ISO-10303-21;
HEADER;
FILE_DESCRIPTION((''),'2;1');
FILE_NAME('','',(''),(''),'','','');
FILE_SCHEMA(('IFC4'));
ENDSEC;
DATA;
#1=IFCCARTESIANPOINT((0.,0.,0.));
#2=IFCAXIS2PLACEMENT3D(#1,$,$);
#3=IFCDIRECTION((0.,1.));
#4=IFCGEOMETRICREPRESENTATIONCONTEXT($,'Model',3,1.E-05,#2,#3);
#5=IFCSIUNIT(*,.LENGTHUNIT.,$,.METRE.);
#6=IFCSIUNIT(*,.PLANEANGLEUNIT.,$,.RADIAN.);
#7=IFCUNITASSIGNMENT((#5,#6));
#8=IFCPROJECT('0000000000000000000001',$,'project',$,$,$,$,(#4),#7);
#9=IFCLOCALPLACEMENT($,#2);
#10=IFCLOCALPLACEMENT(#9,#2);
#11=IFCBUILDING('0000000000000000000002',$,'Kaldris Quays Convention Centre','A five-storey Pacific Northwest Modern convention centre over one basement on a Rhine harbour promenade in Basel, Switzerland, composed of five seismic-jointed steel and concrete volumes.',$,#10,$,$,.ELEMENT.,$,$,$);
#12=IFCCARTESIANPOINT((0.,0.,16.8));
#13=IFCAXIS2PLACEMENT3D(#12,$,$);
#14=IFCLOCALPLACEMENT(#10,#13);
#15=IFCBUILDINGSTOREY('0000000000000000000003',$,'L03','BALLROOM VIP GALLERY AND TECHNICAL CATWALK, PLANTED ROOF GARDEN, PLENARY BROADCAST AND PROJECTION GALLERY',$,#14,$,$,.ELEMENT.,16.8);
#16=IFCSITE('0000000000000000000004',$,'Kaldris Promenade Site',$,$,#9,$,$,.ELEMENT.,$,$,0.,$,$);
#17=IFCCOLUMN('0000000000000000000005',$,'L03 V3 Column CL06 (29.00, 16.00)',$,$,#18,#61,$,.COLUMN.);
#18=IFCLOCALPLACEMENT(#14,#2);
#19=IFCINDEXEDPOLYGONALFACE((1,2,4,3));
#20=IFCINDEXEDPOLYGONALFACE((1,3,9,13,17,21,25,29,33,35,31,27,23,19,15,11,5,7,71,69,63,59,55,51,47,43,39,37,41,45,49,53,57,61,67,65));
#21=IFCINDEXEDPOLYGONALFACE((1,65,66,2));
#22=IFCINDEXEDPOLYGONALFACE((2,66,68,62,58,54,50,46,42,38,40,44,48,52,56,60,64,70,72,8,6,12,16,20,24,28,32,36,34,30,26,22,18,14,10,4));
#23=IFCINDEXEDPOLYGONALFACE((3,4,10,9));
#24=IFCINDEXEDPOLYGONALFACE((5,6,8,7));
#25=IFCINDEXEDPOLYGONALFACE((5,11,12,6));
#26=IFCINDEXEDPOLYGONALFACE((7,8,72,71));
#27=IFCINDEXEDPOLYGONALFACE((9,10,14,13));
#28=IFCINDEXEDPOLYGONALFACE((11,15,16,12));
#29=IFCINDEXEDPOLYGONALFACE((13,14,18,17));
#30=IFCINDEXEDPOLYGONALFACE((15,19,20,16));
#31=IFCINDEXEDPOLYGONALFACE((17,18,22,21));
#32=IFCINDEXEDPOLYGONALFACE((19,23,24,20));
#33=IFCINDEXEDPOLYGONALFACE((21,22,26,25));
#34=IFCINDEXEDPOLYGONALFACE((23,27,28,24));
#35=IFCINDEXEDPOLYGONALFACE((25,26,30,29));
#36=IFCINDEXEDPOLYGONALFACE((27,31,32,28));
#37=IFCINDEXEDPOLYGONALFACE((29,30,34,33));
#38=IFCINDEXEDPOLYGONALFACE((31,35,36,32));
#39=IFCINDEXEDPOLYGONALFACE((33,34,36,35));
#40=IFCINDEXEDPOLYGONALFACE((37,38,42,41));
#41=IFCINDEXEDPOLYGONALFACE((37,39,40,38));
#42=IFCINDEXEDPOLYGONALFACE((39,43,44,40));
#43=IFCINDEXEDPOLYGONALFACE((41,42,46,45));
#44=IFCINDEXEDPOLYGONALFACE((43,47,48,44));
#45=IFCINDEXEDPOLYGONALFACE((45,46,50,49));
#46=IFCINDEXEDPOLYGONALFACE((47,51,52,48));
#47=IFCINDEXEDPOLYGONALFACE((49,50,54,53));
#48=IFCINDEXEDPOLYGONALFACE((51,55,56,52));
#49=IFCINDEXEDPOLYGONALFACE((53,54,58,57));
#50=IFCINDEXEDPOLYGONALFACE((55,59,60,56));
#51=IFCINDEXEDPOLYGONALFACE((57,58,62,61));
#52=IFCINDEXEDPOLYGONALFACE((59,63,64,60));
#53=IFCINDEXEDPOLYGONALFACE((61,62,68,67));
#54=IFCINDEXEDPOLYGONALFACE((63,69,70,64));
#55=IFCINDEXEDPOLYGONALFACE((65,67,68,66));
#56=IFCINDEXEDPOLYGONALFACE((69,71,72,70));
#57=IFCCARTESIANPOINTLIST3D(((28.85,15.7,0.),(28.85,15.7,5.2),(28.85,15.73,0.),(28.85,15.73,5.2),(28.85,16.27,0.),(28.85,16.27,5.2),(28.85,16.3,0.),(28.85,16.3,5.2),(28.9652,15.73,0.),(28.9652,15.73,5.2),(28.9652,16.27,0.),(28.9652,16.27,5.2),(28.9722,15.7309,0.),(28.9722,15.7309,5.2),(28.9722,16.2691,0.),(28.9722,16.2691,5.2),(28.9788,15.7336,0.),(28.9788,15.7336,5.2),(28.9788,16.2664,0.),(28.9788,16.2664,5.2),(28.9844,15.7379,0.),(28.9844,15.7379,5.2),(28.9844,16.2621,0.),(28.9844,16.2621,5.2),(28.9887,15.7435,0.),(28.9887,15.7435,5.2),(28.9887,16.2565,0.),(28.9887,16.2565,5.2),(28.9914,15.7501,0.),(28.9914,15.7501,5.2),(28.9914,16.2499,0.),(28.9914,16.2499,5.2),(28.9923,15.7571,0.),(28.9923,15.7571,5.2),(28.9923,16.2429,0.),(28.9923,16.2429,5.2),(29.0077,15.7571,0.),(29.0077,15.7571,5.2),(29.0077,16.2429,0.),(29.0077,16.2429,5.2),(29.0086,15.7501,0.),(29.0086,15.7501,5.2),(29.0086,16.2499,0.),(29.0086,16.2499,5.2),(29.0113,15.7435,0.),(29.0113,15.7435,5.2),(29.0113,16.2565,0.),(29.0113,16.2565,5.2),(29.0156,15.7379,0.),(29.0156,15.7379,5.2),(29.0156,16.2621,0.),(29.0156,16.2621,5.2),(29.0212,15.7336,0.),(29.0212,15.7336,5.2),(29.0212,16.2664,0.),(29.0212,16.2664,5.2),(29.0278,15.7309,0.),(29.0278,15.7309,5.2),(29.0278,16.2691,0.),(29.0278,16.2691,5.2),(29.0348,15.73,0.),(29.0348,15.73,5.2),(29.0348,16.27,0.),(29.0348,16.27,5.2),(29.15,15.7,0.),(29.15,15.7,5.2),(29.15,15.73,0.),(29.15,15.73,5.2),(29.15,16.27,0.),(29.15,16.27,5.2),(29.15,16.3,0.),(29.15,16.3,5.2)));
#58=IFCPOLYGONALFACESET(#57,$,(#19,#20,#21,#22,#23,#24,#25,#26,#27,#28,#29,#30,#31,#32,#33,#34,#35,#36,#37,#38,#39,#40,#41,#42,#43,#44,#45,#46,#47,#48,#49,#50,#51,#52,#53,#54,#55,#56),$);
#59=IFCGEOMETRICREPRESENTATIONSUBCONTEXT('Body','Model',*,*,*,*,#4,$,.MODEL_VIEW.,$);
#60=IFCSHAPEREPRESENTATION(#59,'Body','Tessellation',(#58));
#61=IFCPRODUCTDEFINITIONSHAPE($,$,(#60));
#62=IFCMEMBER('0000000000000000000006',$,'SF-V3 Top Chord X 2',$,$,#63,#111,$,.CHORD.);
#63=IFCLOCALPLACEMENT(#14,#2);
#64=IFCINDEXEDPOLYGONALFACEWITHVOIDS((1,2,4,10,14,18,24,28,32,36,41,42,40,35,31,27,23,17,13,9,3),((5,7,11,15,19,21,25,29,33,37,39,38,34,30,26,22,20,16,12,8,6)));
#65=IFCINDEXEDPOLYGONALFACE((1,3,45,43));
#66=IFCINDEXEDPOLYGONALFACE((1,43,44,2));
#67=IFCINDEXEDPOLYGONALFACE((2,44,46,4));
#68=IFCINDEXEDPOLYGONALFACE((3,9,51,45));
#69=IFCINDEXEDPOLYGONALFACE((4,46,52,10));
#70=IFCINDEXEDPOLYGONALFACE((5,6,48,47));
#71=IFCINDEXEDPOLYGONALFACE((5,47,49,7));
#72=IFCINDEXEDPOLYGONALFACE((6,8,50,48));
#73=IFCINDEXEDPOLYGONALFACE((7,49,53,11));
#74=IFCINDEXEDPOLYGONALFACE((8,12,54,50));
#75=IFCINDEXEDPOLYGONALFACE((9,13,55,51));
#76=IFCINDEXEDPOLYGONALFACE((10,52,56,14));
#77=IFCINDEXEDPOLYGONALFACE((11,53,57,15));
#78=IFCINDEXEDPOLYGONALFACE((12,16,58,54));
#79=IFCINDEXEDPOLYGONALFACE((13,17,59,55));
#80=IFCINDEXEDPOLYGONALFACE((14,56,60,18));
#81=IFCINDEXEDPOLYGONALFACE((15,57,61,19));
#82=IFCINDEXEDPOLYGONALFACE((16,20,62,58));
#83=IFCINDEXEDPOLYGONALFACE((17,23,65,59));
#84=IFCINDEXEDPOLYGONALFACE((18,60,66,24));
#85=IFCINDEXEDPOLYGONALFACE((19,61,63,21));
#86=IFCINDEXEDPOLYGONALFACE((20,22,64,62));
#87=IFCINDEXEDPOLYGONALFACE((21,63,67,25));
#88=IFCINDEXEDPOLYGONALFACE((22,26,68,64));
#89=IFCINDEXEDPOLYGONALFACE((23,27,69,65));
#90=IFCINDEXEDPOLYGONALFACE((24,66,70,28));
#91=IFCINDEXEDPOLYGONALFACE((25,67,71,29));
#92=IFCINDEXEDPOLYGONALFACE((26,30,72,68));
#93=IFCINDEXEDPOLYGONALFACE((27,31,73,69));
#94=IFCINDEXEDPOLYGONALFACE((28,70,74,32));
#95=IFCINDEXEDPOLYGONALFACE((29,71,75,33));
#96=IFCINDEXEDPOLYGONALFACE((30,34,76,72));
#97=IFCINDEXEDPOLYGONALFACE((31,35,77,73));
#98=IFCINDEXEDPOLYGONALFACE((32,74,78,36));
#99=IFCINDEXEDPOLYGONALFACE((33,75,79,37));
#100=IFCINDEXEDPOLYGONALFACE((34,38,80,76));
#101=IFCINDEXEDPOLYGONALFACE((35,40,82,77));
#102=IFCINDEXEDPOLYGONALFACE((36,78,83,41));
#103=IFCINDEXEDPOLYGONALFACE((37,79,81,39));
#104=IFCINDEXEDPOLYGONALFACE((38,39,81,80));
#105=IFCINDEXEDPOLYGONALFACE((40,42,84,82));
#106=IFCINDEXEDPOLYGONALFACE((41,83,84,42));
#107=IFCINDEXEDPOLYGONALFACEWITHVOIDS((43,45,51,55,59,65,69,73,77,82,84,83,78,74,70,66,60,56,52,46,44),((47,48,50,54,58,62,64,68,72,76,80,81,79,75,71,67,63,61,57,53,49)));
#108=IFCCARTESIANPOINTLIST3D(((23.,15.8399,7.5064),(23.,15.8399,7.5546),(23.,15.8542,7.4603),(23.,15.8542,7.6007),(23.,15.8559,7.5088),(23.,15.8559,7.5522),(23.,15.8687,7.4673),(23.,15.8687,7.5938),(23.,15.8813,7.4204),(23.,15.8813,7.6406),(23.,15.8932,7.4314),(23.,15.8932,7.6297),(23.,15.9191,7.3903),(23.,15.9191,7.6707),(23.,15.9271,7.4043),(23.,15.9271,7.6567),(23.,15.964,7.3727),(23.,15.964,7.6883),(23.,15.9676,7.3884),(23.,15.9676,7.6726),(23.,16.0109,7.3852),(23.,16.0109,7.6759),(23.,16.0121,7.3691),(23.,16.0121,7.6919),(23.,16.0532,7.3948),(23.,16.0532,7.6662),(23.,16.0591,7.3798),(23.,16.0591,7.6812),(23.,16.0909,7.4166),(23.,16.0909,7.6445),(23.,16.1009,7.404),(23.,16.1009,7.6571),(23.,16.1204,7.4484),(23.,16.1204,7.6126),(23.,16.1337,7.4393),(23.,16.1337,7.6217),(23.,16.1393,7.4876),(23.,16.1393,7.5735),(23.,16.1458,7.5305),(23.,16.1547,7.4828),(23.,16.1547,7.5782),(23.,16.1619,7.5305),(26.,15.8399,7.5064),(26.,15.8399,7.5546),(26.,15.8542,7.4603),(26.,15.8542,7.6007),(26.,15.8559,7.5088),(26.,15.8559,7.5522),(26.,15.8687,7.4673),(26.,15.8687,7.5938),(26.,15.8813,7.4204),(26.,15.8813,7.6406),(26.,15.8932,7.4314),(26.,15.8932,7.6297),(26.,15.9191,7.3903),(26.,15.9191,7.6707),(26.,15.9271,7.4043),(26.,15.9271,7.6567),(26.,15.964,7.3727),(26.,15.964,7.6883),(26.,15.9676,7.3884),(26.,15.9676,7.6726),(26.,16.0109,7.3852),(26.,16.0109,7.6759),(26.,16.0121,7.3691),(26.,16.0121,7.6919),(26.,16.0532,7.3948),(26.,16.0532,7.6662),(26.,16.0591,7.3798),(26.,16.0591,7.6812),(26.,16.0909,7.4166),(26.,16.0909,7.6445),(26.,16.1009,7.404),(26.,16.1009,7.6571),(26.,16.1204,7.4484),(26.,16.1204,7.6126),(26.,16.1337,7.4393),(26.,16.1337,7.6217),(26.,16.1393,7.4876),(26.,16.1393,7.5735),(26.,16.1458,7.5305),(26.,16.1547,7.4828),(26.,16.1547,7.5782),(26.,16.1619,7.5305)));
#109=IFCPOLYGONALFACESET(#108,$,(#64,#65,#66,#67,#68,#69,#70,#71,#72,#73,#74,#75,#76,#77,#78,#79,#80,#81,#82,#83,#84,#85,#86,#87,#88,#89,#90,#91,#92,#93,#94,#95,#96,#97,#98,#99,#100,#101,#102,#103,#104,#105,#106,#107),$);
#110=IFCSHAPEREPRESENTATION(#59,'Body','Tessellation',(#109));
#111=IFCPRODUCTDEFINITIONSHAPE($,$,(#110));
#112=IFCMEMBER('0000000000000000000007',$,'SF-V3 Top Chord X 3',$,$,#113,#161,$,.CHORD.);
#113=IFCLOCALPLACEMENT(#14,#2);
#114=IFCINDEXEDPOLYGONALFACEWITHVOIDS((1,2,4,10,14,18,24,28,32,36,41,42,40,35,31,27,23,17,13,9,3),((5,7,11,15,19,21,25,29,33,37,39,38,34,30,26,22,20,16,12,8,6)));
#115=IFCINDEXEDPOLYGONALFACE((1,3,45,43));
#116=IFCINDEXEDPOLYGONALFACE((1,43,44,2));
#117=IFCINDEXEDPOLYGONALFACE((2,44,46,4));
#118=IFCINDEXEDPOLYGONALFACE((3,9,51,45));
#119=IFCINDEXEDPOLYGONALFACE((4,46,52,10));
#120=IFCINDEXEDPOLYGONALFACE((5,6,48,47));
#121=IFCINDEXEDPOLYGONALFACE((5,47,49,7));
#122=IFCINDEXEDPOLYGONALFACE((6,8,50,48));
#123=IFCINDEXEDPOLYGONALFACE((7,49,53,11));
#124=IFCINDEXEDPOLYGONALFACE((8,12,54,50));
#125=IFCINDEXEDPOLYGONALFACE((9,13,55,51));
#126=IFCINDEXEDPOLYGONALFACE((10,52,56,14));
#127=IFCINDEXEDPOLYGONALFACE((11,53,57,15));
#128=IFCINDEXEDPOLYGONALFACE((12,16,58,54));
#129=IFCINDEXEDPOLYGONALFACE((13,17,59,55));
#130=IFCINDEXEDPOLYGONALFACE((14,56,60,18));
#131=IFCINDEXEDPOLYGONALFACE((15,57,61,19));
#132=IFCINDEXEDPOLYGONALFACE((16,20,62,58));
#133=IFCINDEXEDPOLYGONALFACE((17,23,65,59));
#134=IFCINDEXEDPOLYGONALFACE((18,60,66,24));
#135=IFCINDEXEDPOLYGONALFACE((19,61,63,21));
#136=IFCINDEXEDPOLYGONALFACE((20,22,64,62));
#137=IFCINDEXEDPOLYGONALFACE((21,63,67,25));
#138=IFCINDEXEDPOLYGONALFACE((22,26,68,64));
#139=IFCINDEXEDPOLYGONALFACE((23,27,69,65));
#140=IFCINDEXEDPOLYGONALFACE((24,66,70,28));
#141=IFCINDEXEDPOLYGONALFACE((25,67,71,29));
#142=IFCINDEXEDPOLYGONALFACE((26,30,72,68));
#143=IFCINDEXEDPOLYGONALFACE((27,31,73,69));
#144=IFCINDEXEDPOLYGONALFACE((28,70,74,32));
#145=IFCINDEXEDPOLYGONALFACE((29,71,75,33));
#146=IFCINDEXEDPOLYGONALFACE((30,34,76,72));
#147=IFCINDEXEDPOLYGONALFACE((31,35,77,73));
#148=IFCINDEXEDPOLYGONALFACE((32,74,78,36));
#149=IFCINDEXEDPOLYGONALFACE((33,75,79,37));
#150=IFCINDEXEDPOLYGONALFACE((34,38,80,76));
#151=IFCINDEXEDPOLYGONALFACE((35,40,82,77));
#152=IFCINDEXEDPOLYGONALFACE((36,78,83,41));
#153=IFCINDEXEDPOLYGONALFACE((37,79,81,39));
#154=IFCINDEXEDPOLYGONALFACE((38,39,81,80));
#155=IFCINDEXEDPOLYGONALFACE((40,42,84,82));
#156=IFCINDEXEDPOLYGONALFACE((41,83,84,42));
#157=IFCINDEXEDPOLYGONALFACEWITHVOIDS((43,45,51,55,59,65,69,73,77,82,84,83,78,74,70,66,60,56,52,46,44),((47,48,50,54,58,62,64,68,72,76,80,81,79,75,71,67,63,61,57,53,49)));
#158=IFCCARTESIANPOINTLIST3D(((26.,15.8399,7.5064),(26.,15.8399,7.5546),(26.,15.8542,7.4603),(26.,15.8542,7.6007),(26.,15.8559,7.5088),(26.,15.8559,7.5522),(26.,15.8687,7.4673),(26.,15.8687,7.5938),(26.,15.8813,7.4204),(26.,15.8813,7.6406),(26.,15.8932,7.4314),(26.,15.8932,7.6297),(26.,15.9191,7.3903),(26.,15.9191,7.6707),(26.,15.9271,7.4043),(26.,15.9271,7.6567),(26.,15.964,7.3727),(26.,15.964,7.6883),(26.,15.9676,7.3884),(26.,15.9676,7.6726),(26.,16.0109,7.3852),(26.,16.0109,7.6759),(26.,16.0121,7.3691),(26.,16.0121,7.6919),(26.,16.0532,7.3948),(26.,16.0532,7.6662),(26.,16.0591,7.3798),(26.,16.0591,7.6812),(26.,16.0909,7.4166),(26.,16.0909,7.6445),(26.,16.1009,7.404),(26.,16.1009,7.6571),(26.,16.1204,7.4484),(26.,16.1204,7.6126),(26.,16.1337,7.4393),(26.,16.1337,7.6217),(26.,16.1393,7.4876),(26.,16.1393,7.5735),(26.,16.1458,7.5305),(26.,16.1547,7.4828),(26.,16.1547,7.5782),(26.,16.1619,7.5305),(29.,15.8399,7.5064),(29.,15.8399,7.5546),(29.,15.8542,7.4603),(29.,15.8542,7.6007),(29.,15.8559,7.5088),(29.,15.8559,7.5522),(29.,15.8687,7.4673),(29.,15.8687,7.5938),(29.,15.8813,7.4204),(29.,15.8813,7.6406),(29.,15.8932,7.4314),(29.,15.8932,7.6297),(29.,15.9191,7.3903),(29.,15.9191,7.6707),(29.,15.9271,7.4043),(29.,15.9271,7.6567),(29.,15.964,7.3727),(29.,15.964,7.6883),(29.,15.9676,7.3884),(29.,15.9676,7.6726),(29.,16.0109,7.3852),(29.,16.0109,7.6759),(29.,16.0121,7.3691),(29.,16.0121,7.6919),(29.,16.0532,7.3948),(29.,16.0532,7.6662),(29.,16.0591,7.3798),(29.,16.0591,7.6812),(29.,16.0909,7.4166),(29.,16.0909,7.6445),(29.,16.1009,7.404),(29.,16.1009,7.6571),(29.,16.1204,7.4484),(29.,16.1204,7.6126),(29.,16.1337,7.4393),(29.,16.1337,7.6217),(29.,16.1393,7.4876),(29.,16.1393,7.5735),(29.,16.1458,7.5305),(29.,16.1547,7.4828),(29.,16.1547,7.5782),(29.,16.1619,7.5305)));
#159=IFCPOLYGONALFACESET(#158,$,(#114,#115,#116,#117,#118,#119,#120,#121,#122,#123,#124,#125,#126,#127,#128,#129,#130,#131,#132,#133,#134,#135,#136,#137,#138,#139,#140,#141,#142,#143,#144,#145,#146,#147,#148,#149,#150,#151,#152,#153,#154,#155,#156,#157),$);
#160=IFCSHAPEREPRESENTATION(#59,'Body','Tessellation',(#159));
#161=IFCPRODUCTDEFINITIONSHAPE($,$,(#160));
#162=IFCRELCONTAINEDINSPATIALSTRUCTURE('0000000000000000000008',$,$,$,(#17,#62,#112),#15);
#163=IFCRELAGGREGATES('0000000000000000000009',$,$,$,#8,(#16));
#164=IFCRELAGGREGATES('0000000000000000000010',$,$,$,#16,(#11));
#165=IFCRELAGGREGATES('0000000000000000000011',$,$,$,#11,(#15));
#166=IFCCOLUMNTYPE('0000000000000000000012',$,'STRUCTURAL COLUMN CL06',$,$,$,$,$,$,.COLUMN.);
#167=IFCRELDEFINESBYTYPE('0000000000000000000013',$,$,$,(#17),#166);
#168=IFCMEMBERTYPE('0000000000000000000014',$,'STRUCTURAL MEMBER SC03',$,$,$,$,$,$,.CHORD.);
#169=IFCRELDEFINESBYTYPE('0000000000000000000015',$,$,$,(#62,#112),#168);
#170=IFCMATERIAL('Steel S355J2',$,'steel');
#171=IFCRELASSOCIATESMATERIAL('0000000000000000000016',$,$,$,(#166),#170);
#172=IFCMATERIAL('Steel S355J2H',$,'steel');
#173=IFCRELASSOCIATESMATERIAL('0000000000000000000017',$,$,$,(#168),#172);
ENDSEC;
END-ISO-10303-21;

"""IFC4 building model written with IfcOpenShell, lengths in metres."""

from ifc_helpers import new_model, si_unit, direction, frame, origin, origin_2d, place, context, subcontext, project, spatial, hollow_circle, i_section, extrude, material, material_profile, profile_set, type_object, element, save


model = new_model("IFC4")

# Units and contexts
model_context = context("Model", 3, precision=1e-05, world=origin(), true_north=direction((0.0, 1.0)))
body_context = subcontext(model_context, "Body", "Model", "MODEL_VIEW")
ifc_project = project(units=[si_unit("LENGTHUNIT", "METRE"), si_unit("PLANEANGLEUNIT", "RADIAN")], contexts=[model_context])

# Site, building, storey
site_placement = place(None, origin())
site = spatial("IfcSite", under=ifc_project, at=site_placement, Name="Kaldris Promenade Site", CompositionType="ELEMENT", RefElevation=0.0)
building_placement = place(site_placement, origin())
building = spatial("IfcBuilding", under=site, at=building_placement, Name="Kaldris Quays Convention Centre", Description="A five-storey Pacific Northwest Modern convention centre over one basement on a Rhine harbour promenade in Basel, Switzerland, composed of five seismic-jointed steel and concrete volumes.", CompositionType="ELEMENT")
storey_placement = place(building_placement, frame((0.0, 0.0, 16.8)))
storey = spatial("IfcBuildingStorey", under=building, at=storey_placement, Name="L03", Description="BALLROOM VIP GALLERY AND TECHNICAL CATWALK, PLANTED ROOF GARDEN, PLENARY BROADCAST AND PROJECTION GALLERY", CompositionType="ELEMENT", Elevation=16.8)

# Column
ifc_material_1 = material(Name="Steel S355J2", Category="steel")
ifc_material_profile_1 = material_profile(ifc_material_1, i_section(OverallWidth=0.3, OverallDepth=0.6001, WebThickness=0.0154, FlangeThickness=0.03, FilletRadius=0.0271, at=origin_2d()), Name="HEB 600")
ifc_profile_set_1 = profile_set([ifc_material_profile_1], Name="Steel S355J2")
column_type = type_object("IfcColumnType", Name="STRUCTURAL COLUMN CL06", PredefinedType="COLUMN", material=ifc_profile_set_1)
column_placement = place(storey_placement, frame((29.0, 16.0, 0.0), z_axis=(0.0, 0.0, 1.0), x_axis=(1.0, 0.0, 0.0)))
element("IfcColumn", 1, at=column_placement, inside=storey, type_object=column_type, Name="L03 V3 Column CL06 (29.00, 16.00)", PredefinedType="COLUMN", context=body_context, shape_type="SweptSolid", body=[
    extrude(i_section(OverallWidth=0.3, OverallDepth=0.6001, WebThickness=0.0154, FlangeThickness=0.03, FilletRadius=0.0271, at=origin_2d()), origin(), (0.0, 0.0, 1.0), 5.2),
])

# Members
ifc_material_2 = material(Name="Steel S355J2H", Category="steel")
ifc_material_profile_2 = material_profile(ifc_material_2, hollow_circle(Radius=0.1619, WallThickness=0.0161, at=origin_2d()), Name="CHS 323.9x16")
ifc_profile_set_2 = profile_set([ifc_material_profile_2], Name="Steel S355J2H")
member_type_1 = type_object("IfcMemberType", Name="STRUCTURAL MEMBER SC03", PredefinedType="CHORD", material=ifc_profile_set_2)
for number, where, z_axis, x_axis, name in (
    (2, (23.0, 16.0, 7.5305), (1.0, 0.0, 0.0), (0.0, 1.0, 0.0), "SF-V3 Top Chord X 2"),
    (3, (26.0, 16.0, 7.5305), (1.0, 0.0, 0.0), (0.0, 1.0, 0.0), "SF-V3 Top Chord X 3"),
):
    element("IfcMember", number, at=place(storey_placement, frame(where, z_axis=z_axis, x_axis=x_axis)), inside=storey, type_object=member_type_1, Name=name, PredefinedType="CHORD", context=body_context, shape_type="SweptSolid", body=[
        extrude(hollow_circle(Radius=0.1619, WallThickness=0.0161, at=origin_2d()), origin(), (0.0, 0.0, 1.0), 3.0),
    ])

save(model, "model.ifc")
